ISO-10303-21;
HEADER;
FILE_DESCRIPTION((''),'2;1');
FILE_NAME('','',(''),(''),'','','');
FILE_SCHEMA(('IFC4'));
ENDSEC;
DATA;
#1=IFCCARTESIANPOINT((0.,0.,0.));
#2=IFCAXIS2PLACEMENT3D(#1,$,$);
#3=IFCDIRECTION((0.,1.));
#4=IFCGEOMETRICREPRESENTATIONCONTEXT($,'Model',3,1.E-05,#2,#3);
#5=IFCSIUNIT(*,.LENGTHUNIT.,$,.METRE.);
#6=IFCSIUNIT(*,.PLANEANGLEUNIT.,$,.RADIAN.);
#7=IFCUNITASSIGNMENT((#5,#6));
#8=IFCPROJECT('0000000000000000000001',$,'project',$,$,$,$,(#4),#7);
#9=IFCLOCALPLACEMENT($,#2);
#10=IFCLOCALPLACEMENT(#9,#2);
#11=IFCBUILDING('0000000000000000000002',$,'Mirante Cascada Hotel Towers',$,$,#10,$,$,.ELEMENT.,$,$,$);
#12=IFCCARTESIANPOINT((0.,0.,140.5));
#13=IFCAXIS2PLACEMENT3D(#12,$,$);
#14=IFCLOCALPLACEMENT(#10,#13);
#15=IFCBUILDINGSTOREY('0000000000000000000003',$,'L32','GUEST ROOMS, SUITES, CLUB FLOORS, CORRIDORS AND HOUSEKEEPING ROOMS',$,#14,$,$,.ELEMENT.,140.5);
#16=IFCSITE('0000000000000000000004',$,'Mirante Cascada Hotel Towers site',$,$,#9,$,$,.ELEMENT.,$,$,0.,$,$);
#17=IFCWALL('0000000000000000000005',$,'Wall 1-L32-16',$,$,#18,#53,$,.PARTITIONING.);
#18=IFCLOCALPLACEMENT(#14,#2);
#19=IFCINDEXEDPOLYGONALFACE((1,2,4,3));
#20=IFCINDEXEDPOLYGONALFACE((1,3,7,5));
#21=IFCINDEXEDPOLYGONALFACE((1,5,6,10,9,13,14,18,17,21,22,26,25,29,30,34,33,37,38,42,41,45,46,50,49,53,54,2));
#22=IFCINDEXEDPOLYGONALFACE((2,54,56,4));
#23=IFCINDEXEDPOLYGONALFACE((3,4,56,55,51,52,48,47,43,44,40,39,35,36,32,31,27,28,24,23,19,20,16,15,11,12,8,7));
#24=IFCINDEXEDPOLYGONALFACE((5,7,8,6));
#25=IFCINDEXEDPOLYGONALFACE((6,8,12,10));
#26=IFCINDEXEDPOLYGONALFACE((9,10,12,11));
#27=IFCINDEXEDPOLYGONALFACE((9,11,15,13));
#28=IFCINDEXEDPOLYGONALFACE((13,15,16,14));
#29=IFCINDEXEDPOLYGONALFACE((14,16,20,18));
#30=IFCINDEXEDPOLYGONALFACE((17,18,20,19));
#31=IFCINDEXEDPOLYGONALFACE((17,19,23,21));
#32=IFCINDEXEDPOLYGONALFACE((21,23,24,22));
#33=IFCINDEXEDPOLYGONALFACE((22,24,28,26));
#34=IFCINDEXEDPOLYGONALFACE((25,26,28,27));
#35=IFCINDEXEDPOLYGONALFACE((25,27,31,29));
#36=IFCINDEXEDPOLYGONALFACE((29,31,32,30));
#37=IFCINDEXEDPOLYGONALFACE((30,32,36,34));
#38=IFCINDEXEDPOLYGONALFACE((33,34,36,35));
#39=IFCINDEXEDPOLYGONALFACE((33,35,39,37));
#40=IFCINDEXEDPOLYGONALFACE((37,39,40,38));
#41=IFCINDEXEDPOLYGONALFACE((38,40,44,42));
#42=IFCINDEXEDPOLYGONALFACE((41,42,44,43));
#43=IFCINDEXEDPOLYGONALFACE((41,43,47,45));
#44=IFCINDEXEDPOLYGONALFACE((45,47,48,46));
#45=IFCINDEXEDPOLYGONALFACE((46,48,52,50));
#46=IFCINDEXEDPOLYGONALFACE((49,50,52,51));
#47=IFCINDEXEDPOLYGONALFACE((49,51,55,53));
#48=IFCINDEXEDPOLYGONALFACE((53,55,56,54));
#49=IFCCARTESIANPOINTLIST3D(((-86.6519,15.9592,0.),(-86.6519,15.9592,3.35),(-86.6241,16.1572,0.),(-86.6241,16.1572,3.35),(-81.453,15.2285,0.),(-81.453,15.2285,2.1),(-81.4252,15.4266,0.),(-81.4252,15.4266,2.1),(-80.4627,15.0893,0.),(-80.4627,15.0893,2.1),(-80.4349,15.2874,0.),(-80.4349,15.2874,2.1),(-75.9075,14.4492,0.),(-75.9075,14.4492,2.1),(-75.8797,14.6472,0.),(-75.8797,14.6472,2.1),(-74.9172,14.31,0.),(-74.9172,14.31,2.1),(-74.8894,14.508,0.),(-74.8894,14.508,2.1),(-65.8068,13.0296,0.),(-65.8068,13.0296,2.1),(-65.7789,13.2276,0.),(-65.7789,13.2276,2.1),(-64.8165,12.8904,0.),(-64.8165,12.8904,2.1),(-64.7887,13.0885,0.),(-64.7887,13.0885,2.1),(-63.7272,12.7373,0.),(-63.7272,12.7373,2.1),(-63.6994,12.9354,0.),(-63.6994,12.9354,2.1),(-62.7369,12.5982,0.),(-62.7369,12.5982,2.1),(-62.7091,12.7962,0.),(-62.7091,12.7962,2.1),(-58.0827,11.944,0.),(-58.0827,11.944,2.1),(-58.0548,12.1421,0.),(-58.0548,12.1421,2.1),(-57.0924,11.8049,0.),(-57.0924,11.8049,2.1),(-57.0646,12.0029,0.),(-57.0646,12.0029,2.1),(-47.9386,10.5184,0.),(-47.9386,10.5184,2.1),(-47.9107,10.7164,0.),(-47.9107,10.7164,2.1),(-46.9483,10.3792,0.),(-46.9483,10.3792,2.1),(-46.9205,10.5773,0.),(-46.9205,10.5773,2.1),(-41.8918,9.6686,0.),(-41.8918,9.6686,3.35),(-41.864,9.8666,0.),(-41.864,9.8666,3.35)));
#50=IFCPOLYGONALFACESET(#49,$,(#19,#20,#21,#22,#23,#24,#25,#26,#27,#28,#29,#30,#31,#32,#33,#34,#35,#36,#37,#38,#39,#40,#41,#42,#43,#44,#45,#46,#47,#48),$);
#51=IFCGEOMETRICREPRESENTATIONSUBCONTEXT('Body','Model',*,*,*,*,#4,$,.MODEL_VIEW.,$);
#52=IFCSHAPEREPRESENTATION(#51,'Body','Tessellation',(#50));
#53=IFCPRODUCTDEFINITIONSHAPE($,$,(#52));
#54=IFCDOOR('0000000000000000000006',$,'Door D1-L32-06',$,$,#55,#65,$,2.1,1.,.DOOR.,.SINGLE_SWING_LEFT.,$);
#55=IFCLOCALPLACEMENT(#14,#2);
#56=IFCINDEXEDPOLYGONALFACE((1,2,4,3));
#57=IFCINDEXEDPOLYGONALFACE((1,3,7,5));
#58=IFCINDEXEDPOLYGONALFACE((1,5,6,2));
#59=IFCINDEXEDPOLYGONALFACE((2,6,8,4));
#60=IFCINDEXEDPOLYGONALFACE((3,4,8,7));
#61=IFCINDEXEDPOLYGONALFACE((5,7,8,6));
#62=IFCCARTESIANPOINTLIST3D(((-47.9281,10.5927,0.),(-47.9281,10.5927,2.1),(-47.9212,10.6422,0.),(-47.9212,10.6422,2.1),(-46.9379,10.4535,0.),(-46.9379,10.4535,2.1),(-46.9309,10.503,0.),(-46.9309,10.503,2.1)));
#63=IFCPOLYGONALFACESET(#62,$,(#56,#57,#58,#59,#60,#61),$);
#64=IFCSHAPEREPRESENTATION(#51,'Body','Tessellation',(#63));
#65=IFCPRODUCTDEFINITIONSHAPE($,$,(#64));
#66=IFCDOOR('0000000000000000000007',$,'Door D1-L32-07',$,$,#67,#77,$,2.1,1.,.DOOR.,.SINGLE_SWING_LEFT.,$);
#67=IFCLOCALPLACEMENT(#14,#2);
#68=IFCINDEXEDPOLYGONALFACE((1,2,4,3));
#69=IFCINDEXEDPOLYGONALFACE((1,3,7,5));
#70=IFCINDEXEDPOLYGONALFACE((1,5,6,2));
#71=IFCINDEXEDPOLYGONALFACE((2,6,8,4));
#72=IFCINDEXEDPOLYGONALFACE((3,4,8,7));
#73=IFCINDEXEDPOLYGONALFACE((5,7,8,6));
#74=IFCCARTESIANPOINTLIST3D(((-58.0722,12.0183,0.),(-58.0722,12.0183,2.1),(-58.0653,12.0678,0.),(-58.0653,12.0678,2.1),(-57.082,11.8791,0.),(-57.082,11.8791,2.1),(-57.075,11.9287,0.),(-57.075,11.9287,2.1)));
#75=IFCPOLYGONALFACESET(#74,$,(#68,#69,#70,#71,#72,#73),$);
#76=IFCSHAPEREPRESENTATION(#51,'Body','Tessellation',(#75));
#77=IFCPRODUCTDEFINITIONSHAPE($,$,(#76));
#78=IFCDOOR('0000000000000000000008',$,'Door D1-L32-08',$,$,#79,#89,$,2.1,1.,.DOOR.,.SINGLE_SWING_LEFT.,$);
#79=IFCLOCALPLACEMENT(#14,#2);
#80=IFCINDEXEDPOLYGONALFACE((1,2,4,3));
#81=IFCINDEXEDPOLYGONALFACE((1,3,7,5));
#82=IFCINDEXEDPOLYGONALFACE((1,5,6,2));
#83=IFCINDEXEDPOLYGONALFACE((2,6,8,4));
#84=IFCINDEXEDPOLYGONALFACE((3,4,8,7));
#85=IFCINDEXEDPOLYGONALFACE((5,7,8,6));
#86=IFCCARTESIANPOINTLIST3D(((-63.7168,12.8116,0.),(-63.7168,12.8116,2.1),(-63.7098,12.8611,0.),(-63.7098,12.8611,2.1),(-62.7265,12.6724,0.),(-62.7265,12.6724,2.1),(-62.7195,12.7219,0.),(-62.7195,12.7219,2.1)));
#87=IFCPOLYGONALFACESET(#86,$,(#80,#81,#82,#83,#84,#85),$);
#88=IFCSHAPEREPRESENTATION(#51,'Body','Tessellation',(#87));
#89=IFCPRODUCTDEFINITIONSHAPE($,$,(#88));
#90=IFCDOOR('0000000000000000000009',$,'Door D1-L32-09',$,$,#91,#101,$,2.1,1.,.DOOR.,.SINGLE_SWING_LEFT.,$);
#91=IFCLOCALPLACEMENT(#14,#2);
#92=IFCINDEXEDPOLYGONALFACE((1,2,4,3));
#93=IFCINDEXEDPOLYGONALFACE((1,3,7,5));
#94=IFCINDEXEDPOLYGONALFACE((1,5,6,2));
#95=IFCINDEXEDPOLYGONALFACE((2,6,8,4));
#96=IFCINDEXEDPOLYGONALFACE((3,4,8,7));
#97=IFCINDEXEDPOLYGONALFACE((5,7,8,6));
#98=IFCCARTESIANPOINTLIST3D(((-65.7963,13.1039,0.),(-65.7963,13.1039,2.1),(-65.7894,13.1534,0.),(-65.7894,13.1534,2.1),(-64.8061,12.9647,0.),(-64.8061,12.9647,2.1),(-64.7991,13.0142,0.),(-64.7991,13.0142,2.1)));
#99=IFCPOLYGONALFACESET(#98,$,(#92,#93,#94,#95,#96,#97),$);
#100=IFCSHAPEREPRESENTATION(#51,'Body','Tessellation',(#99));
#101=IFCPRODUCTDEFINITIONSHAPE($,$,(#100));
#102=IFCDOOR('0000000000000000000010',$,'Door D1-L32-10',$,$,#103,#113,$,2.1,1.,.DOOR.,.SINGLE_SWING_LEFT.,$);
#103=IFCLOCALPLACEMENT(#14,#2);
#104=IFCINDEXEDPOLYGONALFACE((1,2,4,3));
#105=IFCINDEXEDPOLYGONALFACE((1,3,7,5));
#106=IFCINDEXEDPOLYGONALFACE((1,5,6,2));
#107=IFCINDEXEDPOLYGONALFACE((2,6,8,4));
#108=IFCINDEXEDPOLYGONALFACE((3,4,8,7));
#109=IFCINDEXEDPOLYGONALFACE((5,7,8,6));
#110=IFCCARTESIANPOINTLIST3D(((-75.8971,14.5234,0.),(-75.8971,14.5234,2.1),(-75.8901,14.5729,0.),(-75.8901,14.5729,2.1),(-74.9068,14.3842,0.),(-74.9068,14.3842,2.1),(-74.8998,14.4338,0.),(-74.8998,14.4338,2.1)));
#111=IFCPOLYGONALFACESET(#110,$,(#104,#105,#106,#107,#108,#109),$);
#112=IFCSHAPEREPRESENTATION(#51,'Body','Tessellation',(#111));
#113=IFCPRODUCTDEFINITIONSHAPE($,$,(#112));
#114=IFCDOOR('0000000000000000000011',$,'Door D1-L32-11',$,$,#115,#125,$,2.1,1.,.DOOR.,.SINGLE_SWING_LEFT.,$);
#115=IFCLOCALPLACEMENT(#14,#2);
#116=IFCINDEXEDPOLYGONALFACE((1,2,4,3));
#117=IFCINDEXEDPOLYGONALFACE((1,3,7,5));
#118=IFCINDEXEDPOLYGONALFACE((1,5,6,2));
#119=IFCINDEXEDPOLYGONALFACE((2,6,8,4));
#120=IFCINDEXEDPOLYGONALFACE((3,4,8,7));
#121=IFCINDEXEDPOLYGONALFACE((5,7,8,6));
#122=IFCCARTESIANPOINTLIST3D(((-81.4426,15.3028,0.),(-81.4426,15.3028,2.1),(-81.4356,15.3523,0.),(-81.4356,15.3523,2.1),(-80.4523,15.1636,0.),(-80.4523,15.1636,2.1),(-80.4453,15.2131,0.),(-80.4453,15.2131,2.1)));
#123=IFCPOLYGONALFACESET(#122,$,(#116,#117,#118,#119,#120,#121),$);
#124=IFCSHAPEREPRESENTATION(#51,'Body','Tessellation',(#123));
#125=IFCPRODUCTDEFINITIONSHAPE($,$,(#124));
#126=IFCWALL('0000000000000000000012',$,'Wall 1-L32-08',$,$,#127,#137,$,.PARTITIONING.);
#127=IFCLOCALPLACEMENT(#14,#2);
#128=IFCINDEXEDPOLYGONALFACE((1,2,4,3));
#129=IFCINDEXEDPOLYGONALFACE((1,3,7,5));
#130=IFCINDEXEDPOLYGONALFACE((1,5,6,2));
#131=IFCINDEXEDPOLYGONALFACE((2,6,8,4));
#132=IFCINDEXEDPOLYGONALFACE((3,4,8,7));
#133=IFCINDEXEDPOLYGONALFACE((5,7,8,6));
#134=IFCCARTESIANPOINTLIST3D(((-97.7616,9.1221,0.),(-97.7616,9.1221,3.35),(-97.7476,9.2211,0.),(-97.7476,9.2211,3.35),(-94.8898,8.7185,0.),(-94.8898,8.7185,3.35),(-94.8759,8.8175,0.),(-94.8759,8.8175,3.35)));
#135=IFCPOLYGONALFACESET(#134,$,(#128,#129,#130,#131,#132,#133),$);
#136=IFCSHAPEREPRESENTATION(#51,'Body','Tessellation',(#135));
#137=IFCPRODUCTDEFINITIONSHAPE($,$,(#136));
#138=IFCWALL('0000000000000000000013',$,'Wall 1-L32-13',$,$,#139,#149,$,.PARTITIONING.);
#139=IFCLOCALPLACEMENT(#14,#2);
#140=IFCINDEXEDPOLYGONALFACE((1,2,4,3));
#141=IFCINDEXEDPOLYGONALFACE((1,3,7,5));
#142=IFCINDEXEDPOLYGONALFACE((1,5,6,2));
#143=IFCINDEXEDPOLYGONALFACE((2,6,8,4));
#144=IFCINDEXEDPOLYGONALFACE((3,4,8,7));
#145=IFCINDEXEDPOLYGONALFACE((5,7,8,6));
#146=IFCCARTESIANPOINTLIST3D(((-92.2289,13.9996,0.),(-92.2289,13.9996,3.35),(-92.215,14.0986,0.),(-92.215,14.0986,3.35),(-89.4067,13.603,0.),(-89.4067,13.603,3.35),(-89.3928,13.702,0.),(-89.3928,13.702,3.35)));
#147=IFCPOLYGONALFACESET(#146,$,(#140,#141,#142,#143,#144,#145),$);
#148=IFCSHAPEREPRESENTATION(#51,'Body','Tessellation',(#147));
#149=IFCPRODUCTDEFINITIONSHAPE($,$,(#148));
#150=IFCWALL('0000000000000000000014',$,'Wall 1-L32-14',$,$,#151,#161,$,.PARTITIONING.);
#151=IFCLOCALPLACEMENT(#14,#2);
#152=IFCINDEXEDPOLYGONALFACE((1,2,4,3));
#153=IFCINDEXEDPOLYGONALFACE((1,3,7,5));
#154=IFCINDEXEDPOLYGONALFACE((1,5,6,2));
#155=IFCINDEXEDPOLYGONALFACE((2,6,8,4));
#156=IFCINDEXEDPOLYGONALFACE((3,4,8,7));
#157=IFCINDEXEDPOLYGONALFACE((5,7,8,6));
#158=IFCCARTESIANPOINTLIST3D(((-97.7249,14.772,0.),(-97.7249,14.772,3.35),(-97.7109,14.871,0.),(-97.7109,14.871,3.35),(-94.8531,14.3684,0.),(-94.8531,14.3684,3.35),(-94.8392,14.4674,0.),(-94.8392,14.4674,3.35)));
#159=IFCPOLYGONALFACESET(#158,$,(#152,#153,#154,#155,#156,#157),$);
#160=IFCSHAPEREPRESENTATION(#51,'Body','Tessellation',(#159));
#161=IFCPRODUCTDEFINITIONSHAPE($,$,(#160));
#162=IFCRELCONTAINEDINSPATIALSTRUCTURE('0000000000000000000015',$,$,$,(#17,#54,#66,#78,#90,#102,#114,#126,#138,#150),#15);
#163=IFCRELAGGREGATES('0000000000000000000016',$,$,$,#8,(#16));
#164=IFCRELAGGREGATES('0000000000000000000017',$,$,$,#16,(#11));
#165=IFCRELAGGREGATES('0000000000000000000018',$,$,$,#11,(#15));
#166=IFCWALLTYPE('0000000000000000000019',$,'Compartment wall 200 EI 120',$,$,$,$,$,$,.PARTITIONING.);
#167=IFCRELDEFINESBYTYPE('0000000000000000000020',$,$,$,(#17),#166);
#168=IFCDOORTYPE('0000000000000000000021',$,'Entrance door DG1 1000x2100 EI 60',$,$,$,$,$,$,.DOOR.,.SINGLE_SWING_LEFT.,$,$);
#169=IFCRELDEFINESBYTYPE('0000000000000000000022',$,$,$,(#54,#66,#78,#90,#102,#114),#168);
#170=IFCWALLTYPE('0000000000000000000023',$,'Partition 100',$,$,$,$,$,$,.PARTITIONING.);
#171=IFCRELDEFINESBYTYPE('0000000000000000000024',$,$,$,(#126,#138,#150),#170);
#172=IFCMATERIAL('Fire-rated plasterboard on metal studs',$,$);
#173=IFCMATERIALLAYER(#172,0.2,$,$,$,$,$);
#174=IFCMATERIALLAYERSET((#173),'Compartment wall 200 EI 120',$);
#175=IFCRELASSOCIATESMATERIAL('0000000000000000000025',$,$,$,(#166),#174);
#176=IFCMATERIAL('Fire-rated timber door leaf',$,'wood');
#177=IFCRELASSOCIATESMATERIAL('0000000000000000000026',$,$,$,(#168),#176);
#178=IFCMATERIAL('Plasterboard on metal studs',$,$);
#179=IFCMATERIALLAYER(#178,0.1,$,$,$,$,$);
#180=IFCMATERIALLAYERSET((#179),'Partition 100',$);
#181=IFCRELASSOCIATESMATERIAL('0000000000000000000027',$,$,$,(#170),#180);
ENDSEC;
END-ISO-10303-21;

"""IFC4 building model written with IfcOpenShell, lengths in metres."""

from ifc_helpers import new_model, si_unit, direction, frame, frame_2d, origin, place, context, subcontext, project, spatial, rectangle, extrude, material, layer, layer_set, type_object, element, fill, save


model = new_model("IFC4")

# Units and contexts
model_context = context("Model", 3, precision=1e-05, world=origin(), true_north=direction((0.0, 1.0)))
body_context = subcontext(model_context, "Body", "Model", "MODEL_VIEW")
ifc_project = project(units=[si_unit("LENGTHUNIT", "METRE"), si_unit("PLANEANGLEUNIT", "RADIAN")], contexts=[model_context])

# Site, building, storey
site_placement = place(None, origin())
site = spatial("IfcSite", under=ifc_project, at=site_placement, Name="Mirante Cascada Hotel Towers site", CompositionType="ELEMENT", RefElevation=0.0)
building_placement = place(site_placement, origin())
building = spatial("IfcBuilding", under=site, at=building_placement, Name="Mirante Cascada Hotel Towers", CompositionType="ELEMENT")
storey_placement = place(building_placement, frame((0.0, 0.0, 140.5)))
storey = spatial("IfcBuildingStorey", under=building, at=storey_placement, Name="L32", Description="GUEST ROOMS, SUITES, CLUB FLOORS, CORRIDORS AND HOUSEKEEPING ROOMS", CompositionType="ELEMENT", Elevation=140.5)

# Shared definitions
ifc_material_1 = material(Name="Fire-rated plasterboard on metal studs")
ifc_layer_1 = layer(ifc_material_1, 0.2)
ifc_layer_set_1 = layer_set([ifc_layer_1], Name="Compartment wall 200 EI 120")
wall_type_1 = type_object("IfcWallType", Name="Compartment wall 200 EI 120", PredefinedType="PARTITIONING", material=ifc_layer_set_1)

# Wall, openings, doors
wall_1_placement = place(storey_placement, frame((-86.638, 16.0582, 0.0), z_axis=(0.0, 0.0, 1.0), x_axis=(0.990268, -0.139173, 0.0)))
wall_1 = element("IfcWall", 1, at=wall_1_placement, inside=storey, type_object=wall_type_1, Name="Wall 1-L32-16", PredefinedType="PARTITIONING", context=body_context, shape_type="SweptSolid", body=[
    extrude(rectangle(XDim=45.2, YDim=0.2, at=frame_2d((22.6, 0.0))), origin(), (0.0, 0.0, 1.0), 3.35),
])
opening_1_placement = place(wall_1_placement, frame((39.0938, 0.0, 0.0)))
opening_1 = element("IfcOpeningElement", 2, at=opening_1_placement, cuts=wall_1, PredefinedType="OPENING", context=body_context, shape_type="SweptSolid", body=[
    extrude(rectangle(XDim=1.0, YDim=2.1, at=frame_2d((0.5, 1.05))), frame((0.0, 0.1, 0.0), z_axis=(0.0, -1.0, 0.0), x_axis=(1.0, 0.0, 0.0)), (0.0, 0.0, 1.0), 0.2),
])
opening_2_placement = place(wall_1_placement, frame((28.85, 0.0, 0.0)))
opening_2 = element("IfcOpeningElement", 3, at=opening_2_placement, cuts=wall_1, PredefinedType="OPENING", context=body_context, shape_type="SweptSolid", body=[
    extrude(rectangle(XDim=1.0, YDim=2.1, at=frame_2d((0.5, 1.05))), frame((0.0, 0.1, 0.0), z_axis=(0.0, -1.0, 0.0), x_axis=(1.0, 0.0, 0.0)), (0.0, 0.0, 1.0), 0.2),
])
opening_3_placement = place(wall_1_placement, frame((23.15, 0.0, 0.0)))
opening_3 = element("IfcOpeningElement", 4, at=opening_3_placement, cuts=wall_1, PredefinedType="OPENING", context=body_context, shape_type="SweptSolid", body=[
    extrude(rectangle(XDim=1.0, YDim=2.1, at=frame_2d((0.5, 1.05))), frame((0.0, 0.1, 0.0), z_axis=(0.0, -1.0, 0.0), x_axis=(1.0, 0.0, 0.0)), (0.0, 0.0, 1.0), 0.2),
])
opening_4_placement = place(wall_1_placement, frame((21.05, 0.0, 0.0)))
opening_4 = element("IfcOpeningElement", 5, at=opening_4_placement, cuts=wall_1, PredefinedType="OPENING", context=body_context, shape_type="SweptSolid", body=[
    extrude(rectangle(XDim=1.0, YDim=2.1, at=frame_2d((0.5, 1.05))), frame((0.0, 0.1, 0.0), z_axis=(0.0, -1.0, 0.0), x_axis=(1.0, 0.0, 0.0)), (0.0, 0.0, 1.0), 0.2),
])
opening_5_placement = place(wall_1_placement, frame((10.85, 0.0, 0.0)))
opening_5 = element("IfcOpeningElement", 6, at=opening_5_placement, cuts=wall_1, PredefinedType="OPENING", context=body_context, shape_type="SweptSolid", body=[
    extrude(rectangle(XDim=1.0, YDim=2.1, at=frame_2d((0.5, 1.05))), frame((0.0, 0.1, 0.0), z_axis=(0.0, -1.0, 0.0), x_axis=(1.0, 0.0, 0.0)), (0.0, 0.0, 1.0), 0.2),
])
opening_6_placement = place(wall_1_placement, frame((5.25, 0.0, 0.0)))
opening_6 = element("IfcOpeningElement", 7, at=opening_6_placement, cuts=wall_1, PredefinedType="OPENING", context=body_context, shape_type="SweptSolid", body=[
    extrude(rectangle(XDim=1.0, YDim=2.1, at=frame_2d((0.5, 1.05))), frame((0.0, 0.1, 0.0), z_axis=(0.0, -1.0, 0.0), x_axis=(1.0, 0.0, 0.0)), (0.0, 0.0, 1.0), 0.2),
])
ifc_material_2 = material(Name="Fire-rated timber door leaf", Category="wood")
door_type_1 = type_object("IfcDoorType", Name="Entrance door DG1 1000x2100 EI 60", OperationType="SINGLE_SWING_LEFT", PredefinedType="DOOR", material=ifc_material_2)
door_1_placement = place(opening_1_placement, origin())
door_1 = element("IfcDoor", 8, at=door_1_placement, inside=storey, type_object=door_type_1, Name="Door D1-L32-06", OperationType="SINGLE_SWING_LEFT", OverallHeight=2.1, OverallWidth=1.0, PredefinedType="DOOR", context=body_context, shape_type="SweptSolid", body=[
    extrude(rectangle(XDim=1.0, YDim=2.1, at=frame_2d((0.5, 1.05))), frame((0.0, 0.025, 0.0), z_axis=(0.0, -1.0, 0.0), x_axis=(1.0, 0.0, 0.0)), (0.0, 0.0, 1.0), 0.05),
])
fill(opening_1, door_1)
door_2_placement = place(opening_2_placement, origin())
door_2 = element("IfcDoor", 9, at=door_2_placement, inside=storey, type_object=door_type_1, Name="Door D1-L32-07", OperationType="SINGLE_SWING_LEFT", OverallHeight=2.1, OverallWidth=1.0, PredefinedType="DOOR", context=body_context, shape_type="SweptSolid", body=[
    extrude(rectangle(XDim=1.0, YDim=2.1, at=frame_2d((0.5, 1.05))), frame((0.0, 0.025, 0.0), z_axis=(0.0, -1.0, 0.0), x_axis=(1.0, 0.0, 0.0)), (0.0, 0.0, 1.0), 0.05),
])
fill(opening_2, door_2)
door_3_placement = place(opening_3_placement, origin())
door_3 = element("IfcDoor", 10, at=door_3_placement, inside=storey, type_object=door_type_1, Name="Door D1-L32-08", OperationType="SINGLE_SWING_LEFT", OverallHeight=2.1, OverallWidth=1.0, PredefinedType="DOOR", context=body_context, shape_type="SweptSolid", body=[
    extrude(rectangle(XDim=1.0, YDim=2.1, at=frame_2d((0.5, 1.05))), frame((0.0, 0.025, 0.0), z_axis=(0.0, -1.0, 0.0), x_axis=(1.0, 0.0, 0.0)), (0.0, 0.0, 1.0), 0.05),
])
fill(opening_3, door_3)
door_4_placement = place(opening_4_placement, origin())
door_4 = element("IfcDoor", 11, at=door_4_placement, inside=storey, type_object=door_type_1, Name="Door D1-L32-09", OperationType="SINGLE_SWING_LEFT", OverallHeight=2.1, OverallWidth=1.0, PredefinedType="DOOR", context=body_context, shape_type="SweptSolid", body=[
    extrude(rectangle(XDim=1.0, YDim=2.1, at=frame_2d((0.5, 1.05))), frame((0.0, 0.025, 0.0), z_axis=(0.0, -1.0, 0.0), x_axis=(1.0, 0.0, 0.0)), (0.0, 0.0, 1.0), 0.05),
])
fill(opening_4, door_4)
door_5_placement = place(opening_5_placement, origin())
door_5 = element("IfcDoor", 12, at=door_5_placement, inside=storey, type_object=door_type_1, Name="Door D1-L32-10", OperationType="SINGLE_SWING_LEFT", OverallHeight=2.1, OverallWidth=1.0, PredefinedType="DOOR", context=body_context, shape_type="SweptSolid", body=[
    extrude(rectangle(XDim=1.0, YDim=2.1, at=frame_2d((0.5, 1.05))), frame((0.0, 0.025, 0.0), z_axis=(0.0, -1.0, 0.0), x_axis=(1.0, 0.0, 0.0)), (0.0, 0.0, 1.0), 0.05),
])
fill(opening_5, door_5)
door_6_placement = place(opening_6_placement, origin())
door_6 = element("IfcDoor", 13, at=door_6_placement, inside=storey, type_object=door_type_1, Name="Door D1-L32-11", OperationType="SINGLE_SWING_LEFT", OverallHeight=2.1, OverallWidth=1.0, PredefinedType="DOOR", context=body_context, shape_type="SweptSolid", body=[
    extrude(rectangle(XDim=1.0, YDim=2.1, at=frame_2d((0.5, 1.05))), frame((0.0, 0.025, 0.0), z_axis=(0.0, -1.0, 0.0), x_axis=(1.0, 0.0, 0.0)), (0.0, 0.0, 1.0), 0.05),
])
fill(opening_6, door_6)

# Walls
ifc_material_3 = material(Name="Plasterboard on metal studs")
ifc_layer_2 = layer(ifc_material_3, 0.1)
ifc_layer_set_2 = layer_set([ifc_layer_2], Name="Partition 100")
wall_type_2 = type_object("IfcWallType", Name="Partition 100", PredefinedType="PARTITIONING", material=ifc_layer_set_2)
wall_2_placement = place(storey_placement, frame((-97.7546, 9.1716, 0.0), z_axis=(0.0, 0.0, 1.0), x_axis=(0.990268, -0.139171, 0.0)))
element("IfcWall", 14, at=wall_2_placement, inside=storey, type_object=wall_type_2, Name="Wall 1-L32-08", PredefinedType="PARTITIONING", context=body_context, shape_type="SweptSolid", body=[
    extrude(rectangle(XDim=2.9, YDim=0.1, at=frame_2d((1.45, 0.0))), origin(), (0.0, 0.0, 1.0), 3.35),
])
wall_3_placement = place(storey_placement, frame((-89.3997, 13.6525, 0.0), z_axis=(0.0, 0.0, 1.0), x_axis=(-0.99027, 0.139161, 0.0)))
element("IfcWall", 15, at=wall_3_placement, inside=storey, type_object=wall_type_2, Name="Wall 1-L32-13", PredefinedType="PARTITIONING", context=body_context, shape_type="SweptSolid", body=[
    extrude(rectangle(XDim=2.8499, YDim=0.1, at=frame_2d((1.425, 0.0))), origin(), (0.0, 0.0, 1.0), 3.35),
])
wall_4_placement = place(storey_placement, frame((-97.7179, 14.8215, 0.0), z_axis=(0.0, 0.0, 1.0), x_axis=(0.990268, -0.139171, 0.0)))
element("IfcWall", 16, at=wall_4_placement, inside=storey, type_object=wall_type_2, Name="Wall 1-L32-14", PredefinedType="PARTITIONING", context=body_context, shape_type="SweptSolid", body=[
    extrude(rectangle(XDim=2.9, YDim=0.1, at=frame_2d((1.45, 0.0))), origin(), (0.0, 0.0, 1.0), 3.35),
])

save(model, "model.ifc")
